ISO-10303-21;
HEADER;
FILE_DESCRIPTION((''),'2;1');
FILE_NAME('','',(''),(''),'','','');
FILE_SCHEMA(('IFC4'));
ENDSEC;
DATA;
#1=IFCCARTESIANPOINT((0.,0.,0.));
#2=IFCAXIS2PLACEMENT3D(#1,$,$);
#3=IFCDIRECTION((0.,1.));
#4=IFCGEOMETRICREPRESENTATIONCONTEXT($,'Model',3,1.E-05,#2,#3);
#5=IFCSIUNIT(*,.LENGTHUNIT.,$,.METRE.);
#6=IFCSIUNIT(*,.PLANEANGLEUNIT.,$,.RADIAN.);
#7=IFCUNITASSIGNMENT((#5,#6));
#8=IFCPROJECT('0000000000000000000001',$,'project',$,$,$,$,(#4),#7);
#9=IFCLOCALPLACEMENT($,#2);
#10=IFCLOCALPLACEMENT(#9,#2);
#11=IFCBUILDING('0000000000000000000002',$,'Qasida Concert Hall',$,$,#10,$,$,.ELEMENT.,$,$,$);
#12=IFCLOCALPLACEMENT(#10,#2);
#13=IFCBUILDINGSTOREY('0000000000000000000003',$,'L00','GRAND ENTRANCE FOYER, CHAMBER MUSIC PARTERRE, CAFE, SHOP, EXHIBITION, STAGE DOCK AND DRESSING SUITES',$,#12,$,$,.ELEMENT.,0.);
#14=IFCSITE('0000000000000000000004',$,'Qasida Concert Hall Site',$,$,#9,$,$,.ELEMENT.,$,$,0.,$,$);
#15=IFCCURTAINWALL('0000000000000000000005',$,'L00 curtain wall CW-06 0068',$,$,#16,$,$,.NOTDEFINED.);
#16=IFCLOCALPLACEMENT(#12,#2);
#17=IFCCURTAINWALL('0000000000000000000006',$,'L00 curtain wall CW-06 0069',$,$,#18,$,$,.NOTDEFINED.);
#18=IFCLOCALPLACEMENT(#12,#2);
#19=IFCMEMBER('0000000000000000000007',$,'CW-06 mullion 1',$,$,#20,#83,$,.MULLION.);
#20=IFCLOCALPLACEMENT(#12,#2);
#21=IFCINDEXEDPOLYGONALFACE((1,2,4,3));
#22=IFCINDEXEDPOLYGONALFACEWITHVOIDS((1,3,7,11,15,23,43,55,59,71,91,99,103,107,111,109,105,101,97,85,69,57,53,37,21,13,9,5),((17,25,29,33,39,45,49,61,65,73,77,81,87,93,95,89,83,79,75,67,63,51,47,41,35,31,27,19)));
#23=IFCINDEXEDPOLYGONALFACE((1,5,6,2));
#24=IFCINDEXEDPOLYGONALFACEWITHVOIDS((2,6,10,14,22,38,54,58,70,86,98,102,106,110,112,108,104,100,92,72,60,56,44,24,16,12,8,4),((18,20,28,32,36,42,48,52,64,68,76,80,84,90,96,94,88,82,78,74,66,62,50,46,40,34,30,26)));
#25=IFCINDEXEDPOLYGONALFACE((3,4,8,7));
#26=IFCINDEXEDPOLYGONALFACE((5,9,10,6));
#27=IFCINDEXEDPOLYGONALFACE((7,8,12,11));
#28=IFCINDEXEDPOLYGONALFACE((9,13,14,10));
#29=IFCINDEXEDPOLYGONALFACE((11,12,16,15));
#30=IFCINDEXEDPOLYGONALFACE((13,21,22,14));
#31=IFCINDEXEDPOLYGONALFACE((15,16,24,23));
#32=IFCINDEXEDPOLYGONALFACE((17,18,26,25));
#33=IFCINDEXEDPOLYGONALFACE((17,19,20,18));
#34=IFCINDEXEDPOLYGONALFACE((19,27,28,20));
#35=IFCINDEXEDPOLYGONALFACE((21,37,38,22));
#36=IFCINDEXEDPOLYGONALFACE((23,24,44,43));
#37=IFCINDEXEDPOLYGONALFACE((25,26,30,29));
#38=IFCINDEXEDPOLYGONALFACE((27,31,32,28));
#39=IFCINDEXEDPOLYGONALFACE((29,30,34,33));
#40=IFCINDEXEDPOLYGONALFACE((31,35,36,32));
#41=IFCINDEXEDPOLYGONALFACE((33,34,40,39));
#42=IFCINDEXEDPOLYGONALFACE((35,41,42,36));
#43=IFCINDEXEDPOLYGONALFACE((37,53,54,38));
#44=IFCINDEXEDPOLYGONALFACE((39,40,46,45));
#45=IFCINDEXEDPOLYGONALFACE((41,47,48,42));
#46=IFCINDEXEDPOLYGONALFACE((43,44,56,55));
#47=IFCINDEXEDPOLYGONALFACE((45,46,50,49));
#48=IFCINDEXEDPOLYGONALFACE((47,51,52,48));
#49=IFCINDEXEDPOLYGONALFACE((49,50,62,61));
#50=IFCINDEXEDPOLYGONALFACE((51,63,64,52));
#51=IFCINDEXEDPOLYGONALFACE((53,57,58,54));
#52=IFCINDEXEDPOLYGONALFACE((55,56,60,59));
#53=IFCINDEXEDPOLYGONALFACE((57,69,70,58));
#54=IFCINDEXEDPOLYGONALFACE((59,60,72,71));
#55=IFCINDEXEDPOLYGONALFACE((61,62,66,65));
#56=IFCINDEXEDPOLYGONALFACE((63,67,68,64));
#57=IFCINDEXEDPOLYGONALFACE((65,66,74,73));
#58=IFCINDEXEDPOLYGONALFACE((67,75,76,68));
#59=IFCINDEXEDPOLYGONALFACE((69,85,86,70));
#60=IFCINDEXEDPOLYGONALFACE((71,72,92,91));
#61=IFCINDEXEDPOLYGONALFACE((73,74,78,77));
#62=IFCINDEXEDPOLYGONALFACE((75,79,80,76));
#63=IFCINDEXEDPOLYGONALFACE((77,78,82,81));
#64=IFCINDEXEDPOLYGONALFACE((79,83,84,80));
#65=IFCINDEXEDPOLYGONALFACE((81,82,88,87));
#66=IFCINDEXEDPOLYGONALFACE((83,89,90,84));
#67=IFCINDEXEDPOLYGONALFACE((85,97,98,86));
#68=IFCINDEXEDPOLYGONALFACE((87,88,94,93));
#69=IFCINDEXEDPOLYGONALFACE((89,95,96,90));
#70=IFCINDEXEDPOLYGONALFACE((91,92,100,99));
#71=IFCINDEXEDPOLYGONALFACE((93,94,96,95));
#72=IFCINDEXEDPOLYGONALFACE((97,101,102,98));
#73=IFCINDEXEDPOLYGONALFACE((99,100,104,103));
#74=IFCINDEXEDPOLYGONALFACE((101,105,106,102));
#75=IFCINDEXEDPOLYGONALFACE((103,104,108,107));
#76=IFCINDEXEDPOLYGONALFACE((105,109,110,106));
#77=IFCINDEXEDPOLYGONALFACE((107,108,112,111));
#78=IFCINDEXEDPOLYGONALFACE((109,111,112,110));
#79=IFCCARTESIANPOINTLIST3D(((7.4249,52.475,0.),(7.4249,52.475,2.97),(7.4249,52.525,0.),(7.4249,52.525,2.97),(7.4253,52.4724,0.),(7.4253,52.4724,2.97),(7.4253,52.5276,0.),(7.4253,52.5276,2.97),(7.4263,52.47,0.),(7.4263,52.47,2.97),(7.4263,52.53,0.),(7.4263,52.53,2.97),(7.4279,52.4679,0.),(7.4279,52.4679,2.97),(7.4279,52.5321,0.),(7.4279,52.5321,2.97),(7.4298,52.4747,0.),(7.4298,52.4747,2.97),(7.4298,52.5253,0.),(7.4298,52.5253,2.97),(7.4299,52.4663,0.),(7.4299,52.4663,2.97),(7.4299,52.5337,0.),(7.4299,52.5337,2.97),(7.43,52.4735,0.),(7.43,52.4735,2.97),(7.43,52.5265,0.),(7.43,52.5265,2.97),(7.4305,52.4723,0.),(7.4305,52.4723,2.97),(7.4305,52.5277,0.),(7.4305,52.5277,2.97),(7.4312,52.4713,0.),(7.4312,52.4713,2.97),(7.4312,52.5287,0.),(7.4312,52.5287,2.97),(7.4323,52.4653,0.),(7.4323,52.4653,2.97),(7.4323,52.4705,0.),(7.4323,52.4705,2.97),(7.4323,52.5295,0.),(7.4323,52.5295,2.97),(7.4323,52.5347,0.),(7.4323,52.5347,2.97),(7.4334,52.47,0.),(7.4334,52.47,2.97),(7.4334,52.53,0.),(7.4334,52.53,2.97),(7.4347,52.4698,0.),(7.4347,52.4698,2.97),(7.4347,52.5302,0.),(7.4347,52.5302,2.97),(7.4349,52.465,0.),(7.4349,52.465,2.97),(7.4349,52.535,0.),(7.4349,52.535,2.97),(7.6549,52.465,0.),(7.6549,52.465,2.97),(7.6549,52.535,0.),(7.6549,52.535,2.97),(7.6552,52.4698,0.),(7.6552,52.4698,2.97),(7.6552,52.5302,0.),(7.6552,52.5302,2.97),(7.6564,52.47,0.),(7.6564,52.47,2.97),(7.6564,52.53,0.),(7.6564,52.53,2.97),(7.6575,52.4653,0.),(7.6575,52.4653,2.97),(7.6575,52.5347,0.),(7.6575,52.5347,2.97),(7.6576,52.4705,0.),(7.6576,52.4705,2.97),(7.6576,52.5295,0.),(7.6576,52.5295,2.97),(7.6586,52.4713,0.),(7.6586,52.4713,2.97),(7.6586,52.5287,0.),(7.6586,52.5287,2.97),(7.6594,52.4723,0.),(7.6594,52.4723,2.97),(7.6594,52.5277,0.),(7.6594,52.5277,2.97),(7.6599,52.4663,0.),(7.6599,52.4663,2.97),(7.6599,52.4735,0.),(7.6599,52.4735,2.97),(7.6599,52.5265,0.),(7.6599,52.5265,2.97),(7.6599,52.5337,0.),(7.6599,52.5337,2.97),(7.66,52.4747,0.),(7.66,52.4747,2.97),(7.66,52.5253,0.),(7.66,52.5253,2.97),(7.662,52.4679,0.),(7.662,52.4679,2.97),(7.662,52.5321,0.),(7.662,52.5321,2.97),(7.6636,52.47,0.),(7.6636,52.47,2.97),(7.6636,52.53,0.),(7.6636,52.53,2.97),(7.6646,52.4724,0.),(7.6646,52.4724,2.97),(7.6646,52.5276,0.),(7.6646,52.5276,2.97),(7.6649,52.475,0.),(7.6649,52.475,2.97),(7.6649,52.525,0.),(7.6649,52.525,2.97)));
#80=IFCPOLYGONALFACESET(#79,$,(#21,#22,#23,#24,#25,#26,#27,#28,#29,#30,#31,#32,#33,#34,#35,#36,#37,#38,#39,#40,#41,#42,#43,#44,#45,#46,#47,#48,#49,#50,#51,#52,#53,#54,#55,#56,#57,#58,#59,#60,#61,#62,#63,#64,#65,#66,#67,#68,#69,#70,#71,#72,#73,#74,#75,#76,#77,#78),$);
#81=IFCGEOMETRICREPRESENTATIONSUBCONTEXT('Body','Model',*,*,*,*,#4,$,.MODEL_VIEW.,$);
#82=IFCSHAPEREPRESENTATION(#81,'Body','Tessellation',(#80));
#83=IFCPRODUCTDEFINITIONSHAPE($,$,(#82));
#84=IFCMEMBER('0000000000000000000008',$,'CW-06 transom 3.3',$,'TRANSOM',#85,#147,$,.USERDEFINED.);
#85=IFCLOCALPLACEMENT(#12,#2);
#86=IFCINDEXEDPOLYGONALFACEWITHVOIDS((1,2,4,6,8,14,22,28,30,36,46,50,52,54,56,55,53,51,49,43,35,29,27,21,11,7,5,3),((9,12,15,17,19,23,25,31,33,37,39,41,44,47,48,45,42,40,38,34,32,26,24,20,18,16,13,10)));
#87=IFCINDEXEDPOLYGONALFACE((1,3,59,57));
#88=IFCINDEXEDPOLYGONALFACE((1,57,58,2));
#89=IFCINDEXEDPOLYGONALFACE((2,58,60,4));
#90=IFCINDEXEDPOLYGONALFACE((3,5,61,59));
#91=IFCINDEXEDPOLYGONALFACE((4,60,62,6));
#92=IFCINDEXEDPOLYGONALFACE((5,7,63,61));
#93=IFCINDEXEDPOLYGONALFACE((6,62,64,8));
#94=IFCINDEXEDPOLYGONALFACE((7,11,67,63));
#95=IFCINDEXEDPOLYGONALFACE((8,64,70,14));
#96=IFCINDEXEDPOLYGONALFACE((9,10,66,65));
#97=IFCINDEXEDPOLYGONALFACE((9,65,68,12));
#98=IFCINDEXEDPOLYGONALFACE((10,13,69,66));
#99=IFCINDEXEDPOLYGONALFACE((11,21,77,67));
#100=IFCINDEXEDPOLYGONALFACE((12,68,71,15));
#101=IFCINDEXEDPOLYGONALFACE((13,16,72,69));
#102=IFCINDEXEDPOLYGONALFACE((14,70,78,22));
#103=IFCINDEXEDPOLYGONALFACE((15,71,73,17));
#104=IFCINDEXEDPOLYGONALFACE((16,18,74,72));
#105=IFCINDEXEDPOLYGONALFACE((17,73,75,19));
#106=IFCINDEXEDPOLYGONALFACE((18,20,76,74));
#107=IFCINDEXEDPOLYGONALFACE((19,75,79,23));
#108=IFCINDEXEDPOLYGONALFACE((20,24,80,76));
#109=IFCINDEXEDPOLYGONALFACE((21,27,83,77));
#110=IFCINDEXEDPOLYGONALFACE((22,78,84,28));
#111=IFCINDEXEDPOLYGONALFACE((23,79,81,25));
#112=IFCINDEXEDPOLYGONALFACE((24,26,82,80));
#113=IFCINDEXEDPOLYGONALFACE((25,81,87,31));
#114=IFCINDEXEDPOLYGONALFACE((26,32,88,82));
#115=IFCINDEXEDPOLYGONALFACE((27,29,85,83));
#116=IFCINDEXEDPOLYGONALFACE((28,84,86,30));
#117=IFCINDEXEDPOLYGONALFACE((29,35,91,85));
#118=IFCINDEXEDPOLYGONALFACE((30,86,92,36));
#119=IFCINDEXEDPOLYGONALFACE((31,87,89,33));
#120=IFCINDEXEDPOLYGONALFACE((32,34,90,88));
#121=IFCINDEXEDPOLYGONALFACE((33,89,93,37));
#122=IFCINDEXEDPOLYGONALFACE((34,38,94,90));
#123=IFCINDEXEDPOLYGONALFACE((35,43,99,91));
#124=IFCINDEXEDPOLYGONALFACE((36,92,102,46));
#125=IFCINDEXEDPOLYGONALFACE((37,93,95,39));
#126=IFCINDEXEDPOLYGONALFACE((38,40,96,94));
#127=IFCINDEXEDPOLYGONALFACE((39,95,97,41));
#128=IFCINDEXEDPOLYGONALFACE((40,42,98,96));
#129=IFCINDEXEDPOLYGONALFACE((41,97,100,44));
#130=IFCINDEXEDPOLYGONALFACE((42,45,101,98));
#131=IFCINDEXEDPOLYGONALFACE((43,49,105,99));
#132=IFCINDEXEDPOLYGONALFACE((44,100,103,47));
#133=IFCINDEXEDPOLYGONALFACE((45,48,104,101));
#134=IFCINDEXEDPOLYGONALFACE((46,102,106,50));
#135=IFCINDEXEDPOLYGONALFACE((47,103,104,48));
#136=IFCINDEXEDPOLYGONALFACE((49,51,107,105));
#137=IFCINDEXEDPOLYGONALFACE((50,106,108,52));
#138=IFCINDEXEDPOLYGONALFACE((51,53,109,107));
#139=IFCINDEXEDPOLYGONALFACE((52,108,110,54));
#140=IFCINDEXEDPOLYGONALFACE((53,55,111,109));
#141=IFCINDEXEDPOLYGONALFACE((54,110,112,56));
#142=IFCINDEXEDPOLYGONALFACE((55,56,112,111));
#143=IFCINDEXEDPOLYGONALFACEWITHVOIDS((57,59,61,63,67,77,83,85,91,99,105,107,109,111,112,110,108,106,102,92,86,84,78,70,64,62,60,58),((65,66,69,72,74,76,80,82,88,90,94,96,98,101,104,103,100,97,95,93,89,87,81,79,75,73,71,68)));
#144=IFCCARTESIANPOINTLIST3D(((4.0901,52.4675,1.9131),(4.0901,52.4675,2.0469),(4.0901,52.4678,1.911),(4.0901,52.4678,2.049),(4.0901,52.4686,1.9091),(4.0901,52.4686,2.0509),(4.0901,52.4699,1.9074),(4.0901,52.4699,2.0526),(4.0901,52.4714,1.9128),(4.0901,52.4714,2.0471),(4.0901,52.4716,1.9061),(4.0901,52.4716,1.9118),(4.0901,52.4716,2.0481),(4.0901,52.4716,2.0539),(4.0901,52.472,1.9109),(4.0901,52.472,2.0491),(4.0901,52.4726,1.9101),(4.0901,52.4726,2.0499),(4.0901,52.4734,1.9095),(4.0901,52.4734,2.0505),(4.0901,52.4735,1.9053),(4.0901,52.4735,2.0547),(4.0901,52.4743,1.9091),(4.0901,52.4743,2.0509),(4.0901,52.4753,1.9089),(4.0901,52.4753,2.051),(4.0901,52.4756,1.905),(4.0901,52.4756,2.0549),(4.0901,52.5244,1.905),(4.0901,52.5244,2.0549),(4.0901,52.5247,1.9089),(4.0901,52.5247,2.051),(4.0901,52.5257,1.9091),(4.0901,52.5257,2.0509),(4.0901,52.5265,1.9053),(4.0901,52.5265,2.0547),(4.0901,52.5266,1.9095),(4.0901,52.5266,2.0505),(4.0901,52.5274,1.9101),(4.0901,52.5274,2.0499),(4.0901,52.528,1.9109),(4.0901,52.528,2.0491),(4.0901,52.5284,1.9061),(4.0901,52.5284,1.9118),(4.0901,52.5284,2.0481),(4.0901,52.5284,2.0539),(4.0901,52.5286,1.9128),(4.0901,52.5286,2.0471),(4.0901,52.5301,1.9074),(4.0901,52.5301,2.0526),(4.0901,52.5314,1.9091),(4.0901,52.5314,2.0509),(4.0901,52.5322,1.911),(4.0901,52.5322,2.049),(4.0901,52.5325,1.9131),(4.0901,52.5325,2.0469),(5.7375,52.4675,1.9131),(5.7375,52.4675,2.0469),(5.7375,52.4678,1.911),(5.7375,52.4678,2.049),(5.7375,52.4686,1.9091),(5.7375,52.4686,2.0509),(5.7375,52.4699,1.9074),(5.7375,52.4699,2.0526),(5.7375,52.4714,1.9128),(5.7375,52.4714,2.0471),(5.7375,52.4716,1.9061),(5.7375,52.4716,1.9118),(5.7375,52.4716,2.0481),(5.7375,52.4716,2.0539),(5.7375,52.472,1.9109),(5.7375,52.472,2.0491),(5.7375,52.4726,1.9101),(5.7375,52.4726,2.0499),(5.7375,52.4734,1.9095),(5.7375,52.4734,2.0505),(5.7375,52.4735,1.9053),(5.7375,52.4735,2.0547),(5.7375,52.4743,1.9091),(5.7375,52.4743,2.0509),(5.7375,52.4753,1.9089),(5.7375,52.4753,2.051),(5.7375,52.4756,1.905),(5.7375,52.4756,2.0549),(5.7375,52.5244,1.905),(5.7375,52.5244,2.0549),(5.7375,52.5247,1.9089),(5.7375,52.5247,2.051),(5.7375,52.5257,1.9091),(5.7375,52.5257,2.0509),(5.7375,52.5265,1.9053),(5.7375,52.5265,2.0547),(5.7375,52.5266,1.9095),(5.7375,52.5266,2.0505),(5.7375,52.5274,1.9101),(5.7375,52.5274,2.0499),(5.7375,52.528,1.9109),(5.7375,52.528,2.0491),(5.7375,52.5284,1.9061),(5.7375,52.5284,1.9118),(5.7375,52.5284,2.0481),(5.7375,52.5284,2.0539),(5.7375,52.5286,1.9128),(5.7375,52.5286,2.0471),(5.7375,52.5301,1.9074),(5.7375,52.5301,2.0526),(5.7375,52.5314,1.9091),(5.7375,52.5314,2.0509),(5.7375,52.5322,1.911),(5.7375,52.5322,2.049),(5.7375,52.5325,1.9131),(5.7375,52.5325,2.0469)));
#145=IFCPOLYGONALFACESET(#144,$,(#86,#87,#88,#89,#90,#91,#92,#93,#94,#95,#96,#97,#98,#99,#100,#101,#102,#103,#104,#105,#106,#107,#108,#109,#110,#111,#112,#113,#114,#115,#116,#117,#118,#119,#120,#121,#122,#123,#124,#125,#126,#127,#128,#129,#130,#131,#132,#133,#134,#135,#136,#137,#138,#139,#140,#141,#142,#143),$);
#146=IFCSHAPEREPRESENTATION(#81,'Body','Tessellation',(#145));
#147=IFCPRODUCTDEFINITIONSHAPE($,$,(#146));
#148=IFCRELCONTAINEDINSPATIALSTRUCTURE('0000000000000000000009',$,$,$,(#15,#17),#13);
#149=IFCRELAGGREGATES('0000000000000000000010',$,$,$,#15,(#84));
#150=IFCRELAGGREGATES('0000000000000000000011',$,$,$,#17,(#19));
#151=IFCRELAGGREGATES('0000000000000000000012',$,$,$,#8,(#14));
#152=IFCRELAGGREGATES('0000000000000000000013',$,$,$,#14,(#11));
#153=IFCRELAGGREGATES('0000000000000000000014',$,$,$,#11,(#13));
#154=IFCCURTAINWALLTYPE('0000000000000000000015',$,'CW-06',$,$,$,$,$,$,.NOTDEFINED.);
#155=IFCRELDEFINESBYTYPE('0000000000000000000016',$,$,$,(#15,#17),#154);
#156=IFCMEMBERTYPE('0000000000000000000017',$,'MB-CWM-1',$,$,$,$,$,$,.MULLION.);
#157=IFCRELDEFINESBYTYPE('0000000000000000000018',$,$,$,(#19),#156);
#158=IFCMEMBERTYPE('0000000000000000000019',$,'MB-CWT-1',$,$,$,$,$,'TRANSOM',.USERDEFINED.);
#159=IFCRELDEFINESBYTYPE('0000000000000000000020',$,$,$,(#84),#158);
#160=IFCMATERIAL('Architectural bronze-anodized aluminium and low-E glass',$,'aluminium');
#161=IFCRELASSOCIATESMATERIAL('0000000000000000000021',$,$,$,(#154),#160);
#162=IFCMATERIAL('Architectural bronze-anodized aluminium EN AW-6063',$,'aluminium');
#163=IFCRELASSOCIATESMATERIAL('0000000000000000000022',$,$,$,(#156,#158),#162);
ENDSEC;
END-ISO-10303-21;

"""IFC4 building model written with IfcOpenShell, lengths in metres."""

from ifc_helpers import new_model, si_unit, direction, frame, origin, origin_2d, place, context, subcontext, project, spatial, hollow_rectangle, extrude, material, material_profile, profile_set, type_object, element, aggregate, save


model = new_model("IFC4")

# Units and contexts
model_context = context("Model", 3, precision=1e-05, world=origin(), true_north=direction((0.0, 1.0)))
body_context = subcontext(model_context, "Body", "Model", "MODEL_VIEW")
ifc_project = project(units=[si_unit("LENGTHUNIT", "METRE"), si_unit("PLANEANGLEUNIT", "RADIAN")], contexts=[model_context])

# Site, building, storey
site_placement = place(None, origin())
site = spatial("IfcSite", under=ifc_project, at=site_placement, Name="Qasida Concert Hall Site", CompositionType="ELEMENT", RefElevation=0.0)
building_placement = place(site_placement, origin())
building = spatial("IfcBuilding", under=site, at=building_placement, Name="Qasida Concert Hall", CompositionType="ELEMENT")
storey_placement = place(building_placement, origin())
storey = spatial("IfcBuildingStorey", under=building, at=storey_placement, Name="L00", Description="GRAND ENTRANCE FOYER, CHAMBER MUSIC PARTERRE, CAFE, SHOP, EXHIBITION, STAGE DOCK AND DRESSING SUITES", CompositionType="ELEMENT", Elevation=0.0)

# Curtain wall
ifc_material_1 = material(Name="Architectural bronze-anodized aluminium and low-E glass", Category="aluminium")
curtain_wall_type = type_object("IfcCurtainWallType", Name="CW-06", PredefinedType="NOTDEFINED", material=ifc_material_1)
curtain_wall_1_placement = place(storey_placement, origin())
curtain_wall_1 = element("IfcCurtainWall", 1, at=curtain_wall_1_placement, inside=storey, type_object=curtain_wall_type, Name="L00 curtain wall CW-06 0068", PredefinedType="NOTDEFINED")
ifc_material_2 = material(Name="Architectural bronze-anodized aluminium EN AW-6063", Category="aluminium")
ifc_material_profile_1 = material_profile(ifc_material_2, hollow_rectangle(XDim=0.0701, YDim=0.24, WallThickness=0.0049, InnerFilletRadius=0.0049, OuterFilletRadius=0.01, at=origin_2d()), Name="CWM 240x70x5")
ifc_profile_set_1 = profile_set([ifc_material_profile_1], Name="Architectural bronze-anodized aluminium EN AW-6063")
member_type_1 = type_object("IfcMemberType", Name="MB-CWM-1", PredefinedType="MULLION", material=ifc_profile_set_1)

# Curtain wall, member
curtain_wall_2_placement = place(storey_placement, origin())
curtain_wall_2 = element("IfcCurtainWall", 2, at=curtain_wall_2_placement, inside=storey, type_object=curtain_wall_type, Name="L00 curtain wall CW-06 0069", PredefinedType="NOTDEFINED")
member_1_placement = place(storey_placement, frame((7.5449, 52.5, 0.0), z_axis=(0.0, 0.0, 1.0), x_axis=(0.0, 1.0, 0.0)))
member_1 = element("IfcMember", 3, at=member_1_placement, type_object=member_type_1, Name="CW-06 mullion 1", PredefinedType="MULLION", context=body_context, shape_type="SweptSolid", body=[
    extrude(hollow_rectangle(XDim=0.0701, YDim=0.24, WallThickness=0.0049, InnerFilletRadius=0.0049, OuterFilletRadius=0.01, at=origin_2d()), origin(), (0.0, 0.0, 1.0), 2.97),
])

# Member
ifc_material_profile_2 = material_profile(ifc_material_2, hollow_rectangle(XDim=0.0649, YDim=0.1499, WallThickness=0.0039, InnerFilletRadius=0.0039, OuterFilletRadius=0.0081, at=origin_2d()), Name="CWT 150x65x4")
ifc_profile_set_2 = profile_set([ifc_material_profile_2], Name="Architectural bronze-anodized aluminium EN AW-6063")
member_type_2 = type_object("IfcMemberType", Name="MB-CWT-1", ElementType="TRANSOM", PredefinedType="USERDEFINED", material=ifc_profile_set_2)
member_2_placement = place(storey_placement, frame((4.0901, 52.5, 1.98), z_axis=(1.0, 0.0, 0.0), x_axis=(0.0, 1.0, 0.0)))
member_2 = element("IfcMember", 4, at=member_2_placement, type_object=member_type_2, Name="CW-06 transom 3.3", ObjectType="TRANSOM", PredefinedType="USERDEFINED", context=body_context, shape_type="SweptSolid", body=[
    extrude(hollow_rectangle(XDim=0.0649, YDim=0.1499, WallThickness=0.0039, InnerFilletRadius=0.0039, OuterFilletRadius=0.0081, at=origin_2d()), origin(), (0.0, 0.0, 1.0), 1.6475),
])

aggregate(curtain_wall_1, [member_2])
aggregate(curtain_wall_2, [member_1])

save(model, "model.ifc")
